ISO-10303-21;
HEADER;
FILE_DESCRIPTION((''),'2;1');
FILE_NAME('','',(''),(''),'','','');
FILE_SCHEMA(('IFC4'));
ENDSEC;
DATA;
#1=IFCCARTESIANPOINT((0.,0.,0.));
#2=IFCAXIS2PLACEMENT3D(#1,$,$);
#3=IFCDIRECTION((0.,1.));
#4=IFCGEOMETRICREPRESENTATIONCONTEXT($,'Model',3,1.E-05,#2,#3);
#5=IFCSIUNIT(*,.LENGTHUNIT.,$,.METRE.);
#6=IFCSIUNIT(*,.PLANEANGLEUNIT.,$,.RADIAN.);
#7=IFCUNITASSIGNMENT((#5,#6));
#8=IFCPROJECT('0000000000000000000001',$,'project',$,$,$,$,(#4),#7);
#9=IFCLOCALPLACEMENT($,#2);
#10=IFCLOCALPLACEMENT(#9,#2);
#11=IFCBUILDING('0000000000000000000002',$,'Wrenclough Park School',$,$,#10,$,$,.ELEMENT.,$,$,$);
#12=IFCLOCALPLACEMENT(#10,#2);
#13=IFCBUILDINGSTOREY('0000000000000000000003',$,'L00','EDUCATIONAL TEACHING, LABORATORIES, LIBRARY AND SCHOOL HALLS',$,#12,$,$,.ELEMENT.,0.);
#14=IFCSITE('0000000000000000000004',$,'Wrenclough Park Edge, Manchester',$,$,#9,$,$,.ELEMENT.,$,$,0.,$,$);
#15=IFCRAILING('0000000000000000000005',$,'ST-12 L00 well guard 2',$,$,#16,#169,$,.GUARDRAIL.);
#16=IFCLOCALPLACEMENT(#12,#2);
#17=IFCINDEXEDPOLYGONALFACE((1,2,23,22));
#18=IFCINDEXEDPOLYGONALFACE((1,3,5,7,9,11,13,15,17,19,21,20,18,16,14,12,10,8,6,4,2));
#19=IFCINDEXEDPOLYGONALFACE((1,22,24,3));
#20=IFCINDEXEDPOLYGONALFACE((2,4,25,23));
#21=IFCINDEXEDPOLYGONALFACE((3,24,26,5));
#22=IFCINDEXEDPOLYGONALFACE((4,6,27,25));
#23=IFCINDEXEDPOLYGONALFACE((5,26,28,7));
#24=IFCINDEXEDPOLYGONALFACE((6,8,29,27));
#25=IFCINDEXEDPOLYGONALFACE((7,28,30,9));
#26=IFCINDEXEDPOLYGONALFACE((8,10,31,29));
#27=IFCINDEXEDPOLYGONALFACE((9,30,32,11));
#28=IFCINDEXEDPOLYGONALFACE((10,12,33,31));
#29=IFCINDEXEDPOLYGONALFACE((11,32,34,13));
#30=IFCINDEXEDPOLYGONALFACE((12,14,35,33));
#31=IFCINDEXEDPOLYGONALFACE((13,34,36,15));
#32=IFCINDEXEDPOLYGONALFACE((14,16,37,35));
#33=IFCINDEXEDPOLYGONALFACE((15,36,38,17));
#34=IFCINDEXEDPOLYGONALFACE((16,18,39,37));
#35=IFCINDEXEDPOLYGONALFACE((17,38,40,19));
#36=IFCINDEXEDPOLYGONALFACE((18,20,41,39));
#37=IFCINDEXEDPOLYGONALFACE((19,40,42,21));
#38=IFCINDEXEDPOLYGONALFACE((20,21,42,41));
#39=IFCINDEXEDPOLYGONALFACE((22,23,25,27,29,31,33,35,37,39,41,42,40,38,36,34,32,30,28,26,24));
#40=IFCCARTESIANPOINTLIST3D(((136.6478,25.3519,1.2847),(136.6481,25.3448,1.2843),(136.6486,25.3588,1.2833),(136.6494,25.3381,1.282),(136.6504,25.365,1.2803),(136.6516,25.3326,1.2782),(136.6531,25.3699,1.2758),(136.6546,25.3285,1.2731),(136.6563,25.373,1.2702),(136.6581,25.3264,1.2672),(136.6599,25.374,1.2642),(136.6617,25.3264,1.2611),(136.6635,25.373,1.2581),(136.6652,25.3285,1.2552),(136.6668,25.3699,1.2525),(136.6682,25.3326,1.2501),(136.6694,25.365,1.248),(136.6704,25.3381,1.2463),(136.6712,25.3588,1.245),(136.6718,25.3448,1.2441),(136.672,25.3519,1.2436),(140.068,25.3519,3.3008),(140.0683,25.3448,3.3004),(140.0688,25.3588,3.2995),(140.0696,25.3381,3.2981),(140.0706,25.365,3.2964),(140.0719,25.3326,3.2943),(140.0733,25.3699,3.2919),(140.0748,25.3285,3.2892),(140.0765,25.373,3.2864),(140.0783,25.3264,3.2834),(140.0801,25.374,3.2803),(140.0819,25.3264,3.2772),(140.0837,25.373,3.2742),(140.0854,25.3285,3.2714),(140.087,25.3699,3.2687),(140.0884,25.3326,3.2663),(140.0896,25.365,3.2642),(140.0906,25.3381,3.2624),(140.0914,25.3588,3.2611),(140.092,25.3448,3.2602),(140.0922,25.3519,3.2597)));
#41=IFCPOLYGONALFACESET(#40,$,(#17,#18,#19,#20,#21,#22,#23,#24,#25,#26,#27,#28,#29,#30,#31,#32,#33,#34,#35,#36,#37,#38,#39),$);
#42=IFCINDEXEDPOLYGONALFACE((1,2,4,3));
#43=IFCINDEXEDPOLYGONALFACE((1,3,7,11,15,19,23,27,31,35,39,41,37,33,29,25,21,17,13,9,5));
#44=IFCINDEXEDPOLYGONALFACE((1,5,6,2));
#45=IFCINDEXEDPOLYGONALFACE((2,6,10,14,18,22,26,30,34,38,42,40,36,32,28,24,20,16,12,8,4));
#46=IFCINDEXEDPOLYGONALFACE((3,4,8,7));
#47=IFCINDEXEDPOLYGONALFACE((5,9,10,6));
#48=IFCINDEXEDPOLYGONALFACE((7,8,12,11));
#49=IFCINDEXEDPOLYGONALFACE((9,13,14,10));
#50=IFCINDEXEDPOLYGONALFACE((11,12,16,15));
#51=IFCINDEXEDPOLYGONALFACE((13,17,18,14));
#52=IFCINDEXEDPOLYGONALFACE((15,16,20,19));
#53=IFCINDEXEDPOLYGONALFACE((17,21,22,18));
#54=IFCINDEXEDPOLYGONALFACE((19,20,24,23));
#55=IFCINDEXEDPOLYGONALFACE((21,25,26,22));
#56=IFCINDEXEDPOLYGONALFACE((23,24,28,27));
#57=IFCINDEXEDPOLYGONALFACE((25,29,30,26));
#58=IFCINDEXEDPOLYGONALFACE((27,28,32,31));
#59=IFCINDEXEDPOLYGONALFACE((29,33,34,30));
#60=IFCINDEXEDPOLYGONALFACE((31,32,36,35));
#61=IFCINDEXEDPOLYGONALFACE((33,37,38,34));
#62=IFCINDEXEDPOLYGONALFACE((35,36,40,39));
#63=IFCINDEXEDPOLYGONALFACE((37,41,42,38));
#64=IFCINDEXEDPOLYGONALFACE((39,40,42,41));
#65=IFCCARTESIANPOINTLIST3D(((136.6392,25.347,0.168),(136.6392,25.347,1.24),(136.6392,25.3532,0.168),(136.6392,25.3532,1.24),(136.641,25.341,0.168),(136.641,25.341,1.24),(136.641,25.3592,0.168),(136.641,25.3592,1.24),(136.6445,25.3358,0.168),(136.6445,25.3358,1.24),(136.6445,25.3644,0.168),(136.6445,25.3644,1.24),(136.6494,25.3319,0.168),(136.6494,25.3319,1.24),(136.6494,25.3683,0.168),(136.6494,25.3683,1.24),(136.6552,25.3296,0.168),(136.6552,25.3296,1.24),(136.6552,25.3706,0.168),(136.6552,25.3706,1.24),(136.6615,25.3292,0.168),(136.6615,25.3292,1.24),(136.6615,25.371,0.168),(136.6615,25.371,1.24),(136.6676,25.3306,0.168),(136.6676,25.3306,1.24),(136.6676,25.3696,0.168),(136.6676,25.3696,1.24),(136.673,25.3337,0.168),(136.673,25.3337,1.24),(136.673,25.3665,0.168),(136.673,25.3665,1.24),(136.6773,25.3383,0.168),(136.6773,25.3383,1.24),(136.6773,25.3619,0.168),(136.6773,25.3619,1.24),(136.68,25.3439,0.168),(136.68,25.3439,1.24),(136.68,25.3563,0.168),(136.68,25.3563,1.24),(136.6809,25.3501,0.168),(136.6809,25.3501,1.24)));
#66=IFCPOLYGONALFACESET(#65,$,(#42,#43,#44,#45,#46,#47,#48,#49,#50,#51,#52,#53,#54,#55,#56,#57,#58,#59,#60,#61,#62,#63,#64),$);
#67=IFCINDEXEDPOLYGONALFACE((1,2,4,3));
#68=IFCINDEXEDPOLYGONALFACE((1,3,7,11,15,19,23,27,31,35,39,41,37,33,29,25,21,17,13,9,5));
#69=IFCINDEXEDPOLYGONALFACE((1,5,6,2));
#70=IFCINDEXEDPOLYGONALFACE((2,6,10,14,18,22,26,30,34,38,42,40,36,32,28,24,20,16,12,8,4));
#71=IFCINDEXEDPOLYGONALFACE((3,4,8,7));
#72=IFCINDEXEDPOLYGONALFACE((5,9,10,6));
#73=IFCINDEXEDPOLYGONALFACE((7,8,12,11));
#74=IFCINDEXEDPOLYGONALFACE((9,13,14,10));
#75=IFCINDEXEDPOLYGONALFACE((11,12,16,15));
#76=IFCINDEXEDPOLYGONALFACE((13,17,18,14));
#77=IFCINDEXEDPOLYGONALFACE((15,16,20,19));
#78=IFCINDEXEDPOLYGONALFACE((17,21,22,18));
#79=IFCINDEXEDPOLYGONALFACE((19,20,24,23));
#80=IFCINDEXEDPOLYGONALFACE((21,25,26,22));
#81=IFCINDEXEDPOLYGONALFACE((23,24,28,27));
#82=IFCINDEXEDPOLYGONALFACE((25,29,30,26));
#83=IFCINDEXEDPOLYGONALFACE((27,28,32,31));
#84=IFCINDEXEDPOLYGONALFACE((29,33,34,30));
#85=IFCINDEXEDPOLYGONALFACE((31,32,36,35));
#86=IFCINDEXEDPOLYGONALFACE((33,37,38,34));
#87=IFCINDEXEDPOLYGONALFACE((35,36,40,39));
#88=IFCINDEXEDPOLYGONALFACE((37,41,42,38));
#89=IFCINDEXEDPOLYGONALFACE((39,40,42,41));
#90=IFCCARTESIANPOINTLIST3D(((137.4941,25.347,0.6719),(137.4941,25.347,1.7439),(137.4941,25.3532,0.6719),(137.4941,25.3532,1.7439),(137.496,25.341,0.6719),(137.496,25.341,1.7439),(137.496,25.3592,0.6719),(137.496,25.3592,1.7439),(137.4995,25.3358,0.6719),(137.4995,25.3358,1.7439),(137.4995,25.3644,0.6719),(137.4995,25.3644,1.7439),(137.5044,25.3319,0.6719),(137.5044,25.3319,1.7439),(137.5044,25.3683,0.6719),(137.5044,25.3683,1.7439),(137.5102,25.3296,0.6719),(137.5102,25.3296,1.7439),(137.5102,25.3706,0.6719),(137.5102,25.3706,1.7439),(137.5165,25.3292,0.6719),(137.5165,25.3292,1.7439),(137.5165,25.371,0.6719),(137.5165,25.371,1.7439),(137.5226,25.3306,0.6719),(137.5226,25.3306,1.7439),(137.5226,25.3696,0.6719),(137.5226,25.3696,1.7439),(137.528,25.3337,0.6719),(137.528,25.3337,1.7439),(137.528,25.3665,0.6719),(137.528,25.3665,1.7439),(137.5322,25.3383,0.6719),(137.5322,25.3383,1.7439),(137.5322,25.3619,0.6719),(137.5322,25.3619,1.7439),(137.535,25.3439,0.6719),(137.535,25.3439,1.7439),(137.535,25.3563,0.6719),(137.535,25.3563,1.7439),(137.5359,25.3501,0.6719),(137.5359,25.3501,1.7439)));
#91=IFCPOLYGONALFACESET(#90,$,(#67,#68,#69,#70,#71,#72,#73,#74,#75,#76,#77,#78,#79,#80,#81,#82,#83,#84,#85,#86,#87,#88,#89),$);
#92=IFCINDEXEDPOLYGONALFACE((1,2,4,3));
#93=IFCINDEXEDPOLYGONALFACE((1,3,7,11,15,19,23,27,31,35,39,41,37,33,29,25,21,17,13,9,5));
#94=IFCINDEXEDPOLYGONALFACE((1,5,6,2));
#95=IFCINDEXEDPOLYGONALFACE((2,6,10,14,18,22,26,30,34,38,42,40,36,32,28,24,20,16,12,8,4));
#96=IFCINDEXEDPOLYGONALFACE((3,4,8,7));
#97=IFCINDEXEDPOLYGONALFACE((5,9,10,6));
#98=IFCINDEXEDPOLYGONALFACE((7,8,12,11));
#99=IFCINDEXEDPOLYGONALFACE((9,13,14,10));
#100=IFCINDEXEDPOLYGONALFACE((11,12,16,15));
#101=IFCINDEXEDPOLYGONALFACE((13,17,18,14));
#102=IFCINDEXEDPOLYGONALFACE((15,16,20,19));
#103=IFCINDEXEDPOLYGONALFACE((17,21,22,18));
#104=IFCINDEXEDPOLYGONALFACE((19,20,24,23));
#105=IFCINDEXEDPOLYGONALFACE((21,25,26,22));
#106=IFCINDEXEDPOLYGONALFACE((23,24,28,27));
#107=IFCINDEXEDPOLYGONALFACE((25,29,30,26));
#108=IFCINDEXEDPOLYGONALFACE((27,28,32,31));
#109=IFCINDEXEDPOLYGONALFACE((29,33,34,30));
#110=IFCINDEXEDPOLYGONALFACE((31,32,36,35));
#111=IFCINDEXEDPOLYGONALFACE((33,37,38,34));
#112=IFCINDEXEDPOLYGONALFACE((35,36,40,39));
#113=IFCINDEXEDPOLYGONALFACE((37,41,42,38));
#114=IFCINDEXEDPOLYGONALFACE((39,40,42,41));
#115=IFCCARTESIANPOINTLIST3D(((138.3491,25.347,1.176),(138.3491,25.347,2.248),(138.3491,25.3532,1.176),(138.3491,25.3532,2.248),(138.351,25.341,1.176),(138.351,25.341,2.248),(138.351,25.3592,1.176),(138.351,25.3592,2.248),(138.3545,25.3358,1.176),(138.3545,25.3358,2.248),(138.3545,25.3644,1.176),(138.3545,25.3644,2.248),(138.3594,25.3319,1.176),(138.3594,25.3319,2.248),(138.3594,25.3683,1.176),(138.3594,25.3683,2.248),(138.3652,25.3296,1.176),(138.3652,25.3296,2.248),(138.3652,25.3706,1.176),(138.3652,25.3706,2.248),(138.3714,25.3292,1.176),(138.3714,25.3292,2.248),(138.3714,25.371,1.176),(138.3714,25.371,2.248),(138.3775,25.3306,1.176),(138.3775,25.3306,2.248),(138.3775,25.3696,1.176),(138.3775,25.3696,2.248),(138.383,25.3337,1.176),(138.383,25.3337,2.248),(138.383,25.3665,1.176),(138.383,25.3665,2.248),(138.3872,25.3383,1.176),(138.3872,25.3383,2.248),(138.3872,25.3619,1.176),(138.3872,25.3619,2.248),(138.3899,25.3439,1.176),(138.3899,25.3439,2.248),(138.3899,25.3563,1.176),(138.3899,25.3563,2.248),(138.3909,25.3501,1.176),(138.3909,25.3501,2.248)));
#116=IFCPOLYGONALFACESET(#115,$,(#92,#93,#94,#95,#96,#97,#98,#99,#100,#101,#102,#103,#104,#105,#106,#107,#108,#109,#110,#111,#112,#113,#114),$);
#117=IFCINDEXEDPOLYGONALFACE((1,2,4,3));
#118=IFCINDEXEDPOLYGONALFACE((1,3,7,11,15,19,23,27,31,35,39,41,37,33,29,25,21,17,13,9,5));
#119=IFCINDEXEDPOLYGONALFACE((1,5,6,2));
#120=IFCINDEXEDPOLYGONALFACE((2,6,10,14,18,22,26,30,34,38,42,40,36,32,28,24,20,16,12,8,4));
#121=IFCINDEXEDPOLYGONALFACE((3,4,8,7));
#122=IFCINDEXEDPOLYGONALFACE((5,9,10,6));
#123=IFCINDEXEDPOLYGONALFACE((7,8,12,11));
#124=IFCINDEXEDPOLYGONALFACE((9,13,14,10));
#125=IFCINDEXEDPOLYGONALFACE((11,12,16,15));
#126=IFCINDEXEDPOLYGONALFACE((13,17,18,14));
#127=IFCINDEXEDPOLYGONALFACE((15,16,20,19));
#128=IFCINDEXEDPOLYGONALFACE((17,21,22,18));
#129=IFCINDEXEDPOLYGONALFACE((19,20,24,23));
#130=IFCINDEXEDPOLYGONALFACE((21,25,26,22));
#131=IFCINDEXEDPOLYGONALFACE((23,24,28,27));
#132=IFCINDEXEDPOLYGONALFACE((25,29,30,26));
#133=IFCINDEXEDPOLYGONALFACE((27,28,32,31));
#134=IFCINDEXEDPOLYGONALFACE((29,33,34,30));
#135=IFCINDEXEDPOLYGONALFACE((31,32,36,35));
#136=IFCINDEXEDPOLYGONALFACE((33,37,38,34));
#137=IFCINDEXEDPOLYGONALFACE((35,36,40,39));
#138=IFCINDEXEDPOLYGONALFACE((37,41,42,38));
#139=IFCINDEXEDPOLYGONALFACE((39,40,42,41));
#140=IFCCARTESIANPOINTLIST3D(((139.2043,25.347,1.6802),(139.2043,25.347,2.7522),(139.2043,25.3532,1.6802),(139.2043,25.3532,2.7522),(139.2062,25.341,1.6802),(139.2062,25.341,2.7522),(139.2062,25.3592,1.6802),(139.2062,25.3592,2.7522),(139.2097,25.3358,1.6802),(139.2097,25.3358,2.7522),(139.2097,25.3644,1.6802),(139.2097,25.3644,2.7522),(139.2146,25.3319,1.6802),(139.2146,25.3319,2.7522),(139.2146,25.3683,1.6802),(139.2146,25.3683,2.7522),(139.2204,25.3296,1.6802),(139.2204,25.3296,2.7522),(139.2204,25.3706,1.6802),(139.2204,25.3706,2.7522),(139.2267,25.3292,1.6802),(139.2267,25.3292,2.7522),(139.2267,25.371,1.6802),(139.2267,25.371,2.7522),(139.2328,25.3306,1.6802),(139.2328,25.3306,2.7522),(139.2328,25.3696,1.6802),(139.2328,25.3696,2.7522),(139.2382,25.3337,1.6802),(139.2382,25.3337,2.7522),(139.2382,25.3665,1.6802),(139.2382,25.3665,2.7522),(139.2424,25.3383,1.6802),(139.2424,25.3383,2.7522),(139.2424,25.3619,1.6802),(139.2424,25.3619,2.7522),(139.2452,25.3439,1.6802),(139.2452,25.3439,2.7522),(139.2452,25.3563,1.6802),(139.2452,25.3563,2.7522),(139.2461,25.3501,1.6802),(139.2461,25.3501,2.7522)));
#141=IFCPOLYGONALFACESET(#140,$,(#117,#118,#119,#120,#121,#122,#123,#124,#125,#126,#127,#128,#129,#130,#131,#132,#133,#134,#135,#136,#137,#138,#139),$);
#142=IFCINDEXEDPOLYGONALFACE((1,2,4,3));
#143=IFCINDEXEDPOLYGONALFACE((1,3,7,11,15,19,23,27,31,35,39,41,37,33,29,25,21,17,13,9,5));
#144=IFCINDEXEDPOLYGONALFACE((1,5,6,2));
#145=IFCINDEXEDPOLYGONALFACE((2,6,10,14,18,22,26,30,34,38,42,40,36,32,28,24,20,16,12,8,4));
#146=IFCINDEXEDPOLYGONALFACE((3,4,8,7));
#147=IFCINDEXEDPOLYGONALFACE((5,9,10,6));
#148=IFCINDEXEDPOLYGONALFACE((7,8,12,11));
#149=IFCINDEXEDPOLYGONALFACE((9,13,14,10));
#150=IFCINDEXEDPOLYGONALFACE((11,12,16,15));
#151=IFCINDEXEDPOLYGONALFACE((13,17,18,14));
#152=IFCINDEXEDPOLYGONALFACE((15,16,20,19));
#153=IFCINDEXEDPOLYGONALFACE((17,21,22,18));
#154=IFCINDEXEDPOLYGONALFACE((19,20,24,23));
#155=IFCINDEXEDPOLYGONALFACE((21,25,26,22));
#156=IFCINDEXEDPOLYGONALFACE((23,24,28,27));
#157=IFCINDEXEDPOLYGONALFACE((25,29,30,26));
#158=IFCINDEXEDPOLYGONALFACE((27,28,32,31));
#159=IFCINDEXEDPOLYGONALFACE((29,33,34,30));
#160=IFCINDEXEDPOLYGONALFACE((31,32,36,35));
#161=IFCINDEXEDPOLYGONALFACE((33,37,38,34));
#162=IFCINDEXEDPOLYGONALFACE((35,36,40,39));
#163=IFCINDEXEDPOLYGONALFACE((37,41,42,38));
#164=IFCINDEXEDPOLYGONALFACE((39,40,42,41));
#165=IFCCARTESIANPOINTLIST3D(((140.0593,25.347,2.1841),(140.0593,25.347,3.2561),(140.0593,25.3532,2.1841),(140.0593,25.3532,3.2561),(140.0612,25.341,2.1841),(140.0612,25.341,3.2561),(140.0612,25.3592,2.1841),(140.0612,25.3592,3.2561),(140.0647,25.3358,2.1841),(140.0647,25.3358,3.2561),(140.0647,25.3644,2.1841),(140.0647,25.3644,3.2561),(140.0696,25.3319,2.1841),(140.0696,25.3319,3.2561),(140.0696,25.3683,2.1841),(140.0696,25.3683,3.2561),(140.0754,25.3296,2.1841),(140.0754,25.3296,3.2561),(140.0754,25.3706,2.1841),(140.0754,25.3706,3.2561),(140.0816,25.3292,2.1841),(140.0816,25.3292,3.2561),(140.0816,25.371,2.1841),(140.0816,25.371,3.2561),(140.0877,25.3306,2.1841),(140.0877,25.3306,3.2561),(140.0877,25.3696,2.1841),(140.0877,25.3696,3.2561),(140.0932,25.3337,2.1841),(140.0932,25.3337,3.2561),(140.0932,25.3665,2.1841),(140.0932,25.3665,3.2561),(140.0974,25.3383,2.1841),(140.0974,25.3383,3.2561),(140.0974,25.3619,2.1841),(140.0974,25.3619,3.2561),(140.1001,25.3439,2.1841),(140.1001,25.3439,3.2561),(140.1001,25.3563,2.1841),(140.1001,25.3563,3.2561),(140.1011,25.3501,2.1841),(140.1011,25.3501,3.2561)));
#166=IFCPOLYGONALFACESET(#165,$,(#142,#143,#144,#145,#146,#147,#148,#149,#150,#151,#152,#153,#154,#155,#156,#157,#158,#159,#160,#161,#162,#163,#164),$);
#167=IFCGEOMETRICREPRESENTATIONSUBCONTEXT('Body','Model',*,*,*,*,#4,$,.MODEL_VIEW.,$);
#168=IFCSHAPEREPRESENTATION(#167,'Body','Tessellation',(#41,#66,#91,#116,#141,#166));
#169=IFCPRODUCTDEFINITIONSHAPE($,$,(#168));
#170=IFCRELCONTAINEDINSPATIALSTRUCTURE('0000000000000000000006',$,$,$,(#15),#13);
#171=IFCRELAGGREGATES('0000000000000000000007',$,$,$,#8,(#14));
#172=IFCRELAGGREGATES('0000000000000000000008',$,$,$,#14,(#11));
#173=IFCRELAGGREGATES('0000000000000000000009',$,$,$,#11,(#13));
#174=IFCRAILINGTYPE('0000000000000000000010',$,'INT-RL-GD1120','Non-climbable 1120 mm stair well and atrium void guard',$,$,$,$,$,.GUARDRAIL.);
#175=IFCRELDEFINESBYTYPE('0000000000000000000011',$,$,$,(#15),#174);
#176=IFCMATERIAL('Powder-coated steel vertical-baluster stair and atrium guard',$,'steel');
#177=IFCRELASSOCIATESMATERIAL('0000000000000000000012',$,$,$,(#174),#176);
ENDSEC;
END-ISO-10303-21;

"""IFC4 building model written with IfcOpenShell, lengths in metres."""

from ifc_helpers import new_model, si_unit, direction, frame, origin, origin_2d, place, context, subcontext, project, spatial, circle, extrude, material, type_object, element, save


model = new_model("IFC4")

# Units and contexts
model_context = context("Model", 3, precision=1e-05, world=origin(), true_north=direction((0.0, 1.0)))
body_context = subcontext(model_context, "Body", "Model", "MODEL_VIEW")
ifc_project = project(units=[si_unit("LENGTHUNIT", "METRE"), si_unit("PLANEANGLEUNIT", "RADIAN")], contexts=[model_context])

# Site, building, storey
site_placement = place(None, origin())
site = spatial("IfcSite", under=ifc_project, at=site_placement, Name="Wrenclough Park Edge, Manchester", CompositionType="ELEMENT", RefElevation=0.0)
building_placement = place(site_placement, origin())
building = spatial("IfcBuilding", under=site, at=building_placement, Name="Wrenclough Park School", CompositionType="ELEMENT")
storey_placement = place(building_placement, origin())
storey = spatial("IfcBuildingStorey", under=building, at=storey_placement, Name="L00", Description="EDUCATIONAL TEACHING, LABORATORIES, LIBRARY AND SCHOOL HALLS", CompositionType="ELEMENT", Elevation=0.0)

# Railing
ifc_material_1 = material(Name="Powder-coated steel vertical-baluster stair and atrium guard", Category="steel")
railing_type_1 = type_object("IfcRailingType", Name="INT-RL-GD1120", Description="Non-climbable 1120 mm stair well and atrium void guard", PredefinedType="GUARDRAIL", material=ifc_material_1)
railing_1_placement = place(storey_placement, frame((136.6599, 25.3501, 0.168)))
element("IfcRailing", 1, at=railing_1_placement, inside=storey, type_object=railing_type_1, Name="ST-12 L00 well guard 2", PredefinedType="GUARDRAIL", context=body_context, shape_type="SweptSolid", body=[
    extrude(circle(Radius=0.0239, at=origin_2d()), frame((0.0, 0.0, 1.0962), z_axis=(0.861466, 0.0, 0.507815), x_axis=(0.0, 1.0, 0.0)), (0.0, 0.0, 1.0), 3.9702),
    extrude(circle(Radius=0.021, at=origin_2d()), origin(), (0.0, 0.0, 1.0), 1.072),
    extrude(circle(Radius=0.021, at=origin_2d()), frame((0.855, 0.0, 0.5039)), (0.0, 0.0, 1.0), 1.072),
    extrude(circle(Radius=0.021, at=origin_2d()), frame((1.71, 0.0, 1.0081)), (0.0, 0.0, 1.0), 1.072),
    extrude(circle(Radius=0.021, at=origin_2d()), frame((2.5652, 0.0, 1.5122)), (0.0, 0.0, 1.0), 1.072),
    extrude(circle(Radius=0.021, at=origin_2d()), frame((3.4202, 0.0, 2.0161)), (0.0, 0.0, 1.0), 1.072),
])

save(model, "model.ifc")
